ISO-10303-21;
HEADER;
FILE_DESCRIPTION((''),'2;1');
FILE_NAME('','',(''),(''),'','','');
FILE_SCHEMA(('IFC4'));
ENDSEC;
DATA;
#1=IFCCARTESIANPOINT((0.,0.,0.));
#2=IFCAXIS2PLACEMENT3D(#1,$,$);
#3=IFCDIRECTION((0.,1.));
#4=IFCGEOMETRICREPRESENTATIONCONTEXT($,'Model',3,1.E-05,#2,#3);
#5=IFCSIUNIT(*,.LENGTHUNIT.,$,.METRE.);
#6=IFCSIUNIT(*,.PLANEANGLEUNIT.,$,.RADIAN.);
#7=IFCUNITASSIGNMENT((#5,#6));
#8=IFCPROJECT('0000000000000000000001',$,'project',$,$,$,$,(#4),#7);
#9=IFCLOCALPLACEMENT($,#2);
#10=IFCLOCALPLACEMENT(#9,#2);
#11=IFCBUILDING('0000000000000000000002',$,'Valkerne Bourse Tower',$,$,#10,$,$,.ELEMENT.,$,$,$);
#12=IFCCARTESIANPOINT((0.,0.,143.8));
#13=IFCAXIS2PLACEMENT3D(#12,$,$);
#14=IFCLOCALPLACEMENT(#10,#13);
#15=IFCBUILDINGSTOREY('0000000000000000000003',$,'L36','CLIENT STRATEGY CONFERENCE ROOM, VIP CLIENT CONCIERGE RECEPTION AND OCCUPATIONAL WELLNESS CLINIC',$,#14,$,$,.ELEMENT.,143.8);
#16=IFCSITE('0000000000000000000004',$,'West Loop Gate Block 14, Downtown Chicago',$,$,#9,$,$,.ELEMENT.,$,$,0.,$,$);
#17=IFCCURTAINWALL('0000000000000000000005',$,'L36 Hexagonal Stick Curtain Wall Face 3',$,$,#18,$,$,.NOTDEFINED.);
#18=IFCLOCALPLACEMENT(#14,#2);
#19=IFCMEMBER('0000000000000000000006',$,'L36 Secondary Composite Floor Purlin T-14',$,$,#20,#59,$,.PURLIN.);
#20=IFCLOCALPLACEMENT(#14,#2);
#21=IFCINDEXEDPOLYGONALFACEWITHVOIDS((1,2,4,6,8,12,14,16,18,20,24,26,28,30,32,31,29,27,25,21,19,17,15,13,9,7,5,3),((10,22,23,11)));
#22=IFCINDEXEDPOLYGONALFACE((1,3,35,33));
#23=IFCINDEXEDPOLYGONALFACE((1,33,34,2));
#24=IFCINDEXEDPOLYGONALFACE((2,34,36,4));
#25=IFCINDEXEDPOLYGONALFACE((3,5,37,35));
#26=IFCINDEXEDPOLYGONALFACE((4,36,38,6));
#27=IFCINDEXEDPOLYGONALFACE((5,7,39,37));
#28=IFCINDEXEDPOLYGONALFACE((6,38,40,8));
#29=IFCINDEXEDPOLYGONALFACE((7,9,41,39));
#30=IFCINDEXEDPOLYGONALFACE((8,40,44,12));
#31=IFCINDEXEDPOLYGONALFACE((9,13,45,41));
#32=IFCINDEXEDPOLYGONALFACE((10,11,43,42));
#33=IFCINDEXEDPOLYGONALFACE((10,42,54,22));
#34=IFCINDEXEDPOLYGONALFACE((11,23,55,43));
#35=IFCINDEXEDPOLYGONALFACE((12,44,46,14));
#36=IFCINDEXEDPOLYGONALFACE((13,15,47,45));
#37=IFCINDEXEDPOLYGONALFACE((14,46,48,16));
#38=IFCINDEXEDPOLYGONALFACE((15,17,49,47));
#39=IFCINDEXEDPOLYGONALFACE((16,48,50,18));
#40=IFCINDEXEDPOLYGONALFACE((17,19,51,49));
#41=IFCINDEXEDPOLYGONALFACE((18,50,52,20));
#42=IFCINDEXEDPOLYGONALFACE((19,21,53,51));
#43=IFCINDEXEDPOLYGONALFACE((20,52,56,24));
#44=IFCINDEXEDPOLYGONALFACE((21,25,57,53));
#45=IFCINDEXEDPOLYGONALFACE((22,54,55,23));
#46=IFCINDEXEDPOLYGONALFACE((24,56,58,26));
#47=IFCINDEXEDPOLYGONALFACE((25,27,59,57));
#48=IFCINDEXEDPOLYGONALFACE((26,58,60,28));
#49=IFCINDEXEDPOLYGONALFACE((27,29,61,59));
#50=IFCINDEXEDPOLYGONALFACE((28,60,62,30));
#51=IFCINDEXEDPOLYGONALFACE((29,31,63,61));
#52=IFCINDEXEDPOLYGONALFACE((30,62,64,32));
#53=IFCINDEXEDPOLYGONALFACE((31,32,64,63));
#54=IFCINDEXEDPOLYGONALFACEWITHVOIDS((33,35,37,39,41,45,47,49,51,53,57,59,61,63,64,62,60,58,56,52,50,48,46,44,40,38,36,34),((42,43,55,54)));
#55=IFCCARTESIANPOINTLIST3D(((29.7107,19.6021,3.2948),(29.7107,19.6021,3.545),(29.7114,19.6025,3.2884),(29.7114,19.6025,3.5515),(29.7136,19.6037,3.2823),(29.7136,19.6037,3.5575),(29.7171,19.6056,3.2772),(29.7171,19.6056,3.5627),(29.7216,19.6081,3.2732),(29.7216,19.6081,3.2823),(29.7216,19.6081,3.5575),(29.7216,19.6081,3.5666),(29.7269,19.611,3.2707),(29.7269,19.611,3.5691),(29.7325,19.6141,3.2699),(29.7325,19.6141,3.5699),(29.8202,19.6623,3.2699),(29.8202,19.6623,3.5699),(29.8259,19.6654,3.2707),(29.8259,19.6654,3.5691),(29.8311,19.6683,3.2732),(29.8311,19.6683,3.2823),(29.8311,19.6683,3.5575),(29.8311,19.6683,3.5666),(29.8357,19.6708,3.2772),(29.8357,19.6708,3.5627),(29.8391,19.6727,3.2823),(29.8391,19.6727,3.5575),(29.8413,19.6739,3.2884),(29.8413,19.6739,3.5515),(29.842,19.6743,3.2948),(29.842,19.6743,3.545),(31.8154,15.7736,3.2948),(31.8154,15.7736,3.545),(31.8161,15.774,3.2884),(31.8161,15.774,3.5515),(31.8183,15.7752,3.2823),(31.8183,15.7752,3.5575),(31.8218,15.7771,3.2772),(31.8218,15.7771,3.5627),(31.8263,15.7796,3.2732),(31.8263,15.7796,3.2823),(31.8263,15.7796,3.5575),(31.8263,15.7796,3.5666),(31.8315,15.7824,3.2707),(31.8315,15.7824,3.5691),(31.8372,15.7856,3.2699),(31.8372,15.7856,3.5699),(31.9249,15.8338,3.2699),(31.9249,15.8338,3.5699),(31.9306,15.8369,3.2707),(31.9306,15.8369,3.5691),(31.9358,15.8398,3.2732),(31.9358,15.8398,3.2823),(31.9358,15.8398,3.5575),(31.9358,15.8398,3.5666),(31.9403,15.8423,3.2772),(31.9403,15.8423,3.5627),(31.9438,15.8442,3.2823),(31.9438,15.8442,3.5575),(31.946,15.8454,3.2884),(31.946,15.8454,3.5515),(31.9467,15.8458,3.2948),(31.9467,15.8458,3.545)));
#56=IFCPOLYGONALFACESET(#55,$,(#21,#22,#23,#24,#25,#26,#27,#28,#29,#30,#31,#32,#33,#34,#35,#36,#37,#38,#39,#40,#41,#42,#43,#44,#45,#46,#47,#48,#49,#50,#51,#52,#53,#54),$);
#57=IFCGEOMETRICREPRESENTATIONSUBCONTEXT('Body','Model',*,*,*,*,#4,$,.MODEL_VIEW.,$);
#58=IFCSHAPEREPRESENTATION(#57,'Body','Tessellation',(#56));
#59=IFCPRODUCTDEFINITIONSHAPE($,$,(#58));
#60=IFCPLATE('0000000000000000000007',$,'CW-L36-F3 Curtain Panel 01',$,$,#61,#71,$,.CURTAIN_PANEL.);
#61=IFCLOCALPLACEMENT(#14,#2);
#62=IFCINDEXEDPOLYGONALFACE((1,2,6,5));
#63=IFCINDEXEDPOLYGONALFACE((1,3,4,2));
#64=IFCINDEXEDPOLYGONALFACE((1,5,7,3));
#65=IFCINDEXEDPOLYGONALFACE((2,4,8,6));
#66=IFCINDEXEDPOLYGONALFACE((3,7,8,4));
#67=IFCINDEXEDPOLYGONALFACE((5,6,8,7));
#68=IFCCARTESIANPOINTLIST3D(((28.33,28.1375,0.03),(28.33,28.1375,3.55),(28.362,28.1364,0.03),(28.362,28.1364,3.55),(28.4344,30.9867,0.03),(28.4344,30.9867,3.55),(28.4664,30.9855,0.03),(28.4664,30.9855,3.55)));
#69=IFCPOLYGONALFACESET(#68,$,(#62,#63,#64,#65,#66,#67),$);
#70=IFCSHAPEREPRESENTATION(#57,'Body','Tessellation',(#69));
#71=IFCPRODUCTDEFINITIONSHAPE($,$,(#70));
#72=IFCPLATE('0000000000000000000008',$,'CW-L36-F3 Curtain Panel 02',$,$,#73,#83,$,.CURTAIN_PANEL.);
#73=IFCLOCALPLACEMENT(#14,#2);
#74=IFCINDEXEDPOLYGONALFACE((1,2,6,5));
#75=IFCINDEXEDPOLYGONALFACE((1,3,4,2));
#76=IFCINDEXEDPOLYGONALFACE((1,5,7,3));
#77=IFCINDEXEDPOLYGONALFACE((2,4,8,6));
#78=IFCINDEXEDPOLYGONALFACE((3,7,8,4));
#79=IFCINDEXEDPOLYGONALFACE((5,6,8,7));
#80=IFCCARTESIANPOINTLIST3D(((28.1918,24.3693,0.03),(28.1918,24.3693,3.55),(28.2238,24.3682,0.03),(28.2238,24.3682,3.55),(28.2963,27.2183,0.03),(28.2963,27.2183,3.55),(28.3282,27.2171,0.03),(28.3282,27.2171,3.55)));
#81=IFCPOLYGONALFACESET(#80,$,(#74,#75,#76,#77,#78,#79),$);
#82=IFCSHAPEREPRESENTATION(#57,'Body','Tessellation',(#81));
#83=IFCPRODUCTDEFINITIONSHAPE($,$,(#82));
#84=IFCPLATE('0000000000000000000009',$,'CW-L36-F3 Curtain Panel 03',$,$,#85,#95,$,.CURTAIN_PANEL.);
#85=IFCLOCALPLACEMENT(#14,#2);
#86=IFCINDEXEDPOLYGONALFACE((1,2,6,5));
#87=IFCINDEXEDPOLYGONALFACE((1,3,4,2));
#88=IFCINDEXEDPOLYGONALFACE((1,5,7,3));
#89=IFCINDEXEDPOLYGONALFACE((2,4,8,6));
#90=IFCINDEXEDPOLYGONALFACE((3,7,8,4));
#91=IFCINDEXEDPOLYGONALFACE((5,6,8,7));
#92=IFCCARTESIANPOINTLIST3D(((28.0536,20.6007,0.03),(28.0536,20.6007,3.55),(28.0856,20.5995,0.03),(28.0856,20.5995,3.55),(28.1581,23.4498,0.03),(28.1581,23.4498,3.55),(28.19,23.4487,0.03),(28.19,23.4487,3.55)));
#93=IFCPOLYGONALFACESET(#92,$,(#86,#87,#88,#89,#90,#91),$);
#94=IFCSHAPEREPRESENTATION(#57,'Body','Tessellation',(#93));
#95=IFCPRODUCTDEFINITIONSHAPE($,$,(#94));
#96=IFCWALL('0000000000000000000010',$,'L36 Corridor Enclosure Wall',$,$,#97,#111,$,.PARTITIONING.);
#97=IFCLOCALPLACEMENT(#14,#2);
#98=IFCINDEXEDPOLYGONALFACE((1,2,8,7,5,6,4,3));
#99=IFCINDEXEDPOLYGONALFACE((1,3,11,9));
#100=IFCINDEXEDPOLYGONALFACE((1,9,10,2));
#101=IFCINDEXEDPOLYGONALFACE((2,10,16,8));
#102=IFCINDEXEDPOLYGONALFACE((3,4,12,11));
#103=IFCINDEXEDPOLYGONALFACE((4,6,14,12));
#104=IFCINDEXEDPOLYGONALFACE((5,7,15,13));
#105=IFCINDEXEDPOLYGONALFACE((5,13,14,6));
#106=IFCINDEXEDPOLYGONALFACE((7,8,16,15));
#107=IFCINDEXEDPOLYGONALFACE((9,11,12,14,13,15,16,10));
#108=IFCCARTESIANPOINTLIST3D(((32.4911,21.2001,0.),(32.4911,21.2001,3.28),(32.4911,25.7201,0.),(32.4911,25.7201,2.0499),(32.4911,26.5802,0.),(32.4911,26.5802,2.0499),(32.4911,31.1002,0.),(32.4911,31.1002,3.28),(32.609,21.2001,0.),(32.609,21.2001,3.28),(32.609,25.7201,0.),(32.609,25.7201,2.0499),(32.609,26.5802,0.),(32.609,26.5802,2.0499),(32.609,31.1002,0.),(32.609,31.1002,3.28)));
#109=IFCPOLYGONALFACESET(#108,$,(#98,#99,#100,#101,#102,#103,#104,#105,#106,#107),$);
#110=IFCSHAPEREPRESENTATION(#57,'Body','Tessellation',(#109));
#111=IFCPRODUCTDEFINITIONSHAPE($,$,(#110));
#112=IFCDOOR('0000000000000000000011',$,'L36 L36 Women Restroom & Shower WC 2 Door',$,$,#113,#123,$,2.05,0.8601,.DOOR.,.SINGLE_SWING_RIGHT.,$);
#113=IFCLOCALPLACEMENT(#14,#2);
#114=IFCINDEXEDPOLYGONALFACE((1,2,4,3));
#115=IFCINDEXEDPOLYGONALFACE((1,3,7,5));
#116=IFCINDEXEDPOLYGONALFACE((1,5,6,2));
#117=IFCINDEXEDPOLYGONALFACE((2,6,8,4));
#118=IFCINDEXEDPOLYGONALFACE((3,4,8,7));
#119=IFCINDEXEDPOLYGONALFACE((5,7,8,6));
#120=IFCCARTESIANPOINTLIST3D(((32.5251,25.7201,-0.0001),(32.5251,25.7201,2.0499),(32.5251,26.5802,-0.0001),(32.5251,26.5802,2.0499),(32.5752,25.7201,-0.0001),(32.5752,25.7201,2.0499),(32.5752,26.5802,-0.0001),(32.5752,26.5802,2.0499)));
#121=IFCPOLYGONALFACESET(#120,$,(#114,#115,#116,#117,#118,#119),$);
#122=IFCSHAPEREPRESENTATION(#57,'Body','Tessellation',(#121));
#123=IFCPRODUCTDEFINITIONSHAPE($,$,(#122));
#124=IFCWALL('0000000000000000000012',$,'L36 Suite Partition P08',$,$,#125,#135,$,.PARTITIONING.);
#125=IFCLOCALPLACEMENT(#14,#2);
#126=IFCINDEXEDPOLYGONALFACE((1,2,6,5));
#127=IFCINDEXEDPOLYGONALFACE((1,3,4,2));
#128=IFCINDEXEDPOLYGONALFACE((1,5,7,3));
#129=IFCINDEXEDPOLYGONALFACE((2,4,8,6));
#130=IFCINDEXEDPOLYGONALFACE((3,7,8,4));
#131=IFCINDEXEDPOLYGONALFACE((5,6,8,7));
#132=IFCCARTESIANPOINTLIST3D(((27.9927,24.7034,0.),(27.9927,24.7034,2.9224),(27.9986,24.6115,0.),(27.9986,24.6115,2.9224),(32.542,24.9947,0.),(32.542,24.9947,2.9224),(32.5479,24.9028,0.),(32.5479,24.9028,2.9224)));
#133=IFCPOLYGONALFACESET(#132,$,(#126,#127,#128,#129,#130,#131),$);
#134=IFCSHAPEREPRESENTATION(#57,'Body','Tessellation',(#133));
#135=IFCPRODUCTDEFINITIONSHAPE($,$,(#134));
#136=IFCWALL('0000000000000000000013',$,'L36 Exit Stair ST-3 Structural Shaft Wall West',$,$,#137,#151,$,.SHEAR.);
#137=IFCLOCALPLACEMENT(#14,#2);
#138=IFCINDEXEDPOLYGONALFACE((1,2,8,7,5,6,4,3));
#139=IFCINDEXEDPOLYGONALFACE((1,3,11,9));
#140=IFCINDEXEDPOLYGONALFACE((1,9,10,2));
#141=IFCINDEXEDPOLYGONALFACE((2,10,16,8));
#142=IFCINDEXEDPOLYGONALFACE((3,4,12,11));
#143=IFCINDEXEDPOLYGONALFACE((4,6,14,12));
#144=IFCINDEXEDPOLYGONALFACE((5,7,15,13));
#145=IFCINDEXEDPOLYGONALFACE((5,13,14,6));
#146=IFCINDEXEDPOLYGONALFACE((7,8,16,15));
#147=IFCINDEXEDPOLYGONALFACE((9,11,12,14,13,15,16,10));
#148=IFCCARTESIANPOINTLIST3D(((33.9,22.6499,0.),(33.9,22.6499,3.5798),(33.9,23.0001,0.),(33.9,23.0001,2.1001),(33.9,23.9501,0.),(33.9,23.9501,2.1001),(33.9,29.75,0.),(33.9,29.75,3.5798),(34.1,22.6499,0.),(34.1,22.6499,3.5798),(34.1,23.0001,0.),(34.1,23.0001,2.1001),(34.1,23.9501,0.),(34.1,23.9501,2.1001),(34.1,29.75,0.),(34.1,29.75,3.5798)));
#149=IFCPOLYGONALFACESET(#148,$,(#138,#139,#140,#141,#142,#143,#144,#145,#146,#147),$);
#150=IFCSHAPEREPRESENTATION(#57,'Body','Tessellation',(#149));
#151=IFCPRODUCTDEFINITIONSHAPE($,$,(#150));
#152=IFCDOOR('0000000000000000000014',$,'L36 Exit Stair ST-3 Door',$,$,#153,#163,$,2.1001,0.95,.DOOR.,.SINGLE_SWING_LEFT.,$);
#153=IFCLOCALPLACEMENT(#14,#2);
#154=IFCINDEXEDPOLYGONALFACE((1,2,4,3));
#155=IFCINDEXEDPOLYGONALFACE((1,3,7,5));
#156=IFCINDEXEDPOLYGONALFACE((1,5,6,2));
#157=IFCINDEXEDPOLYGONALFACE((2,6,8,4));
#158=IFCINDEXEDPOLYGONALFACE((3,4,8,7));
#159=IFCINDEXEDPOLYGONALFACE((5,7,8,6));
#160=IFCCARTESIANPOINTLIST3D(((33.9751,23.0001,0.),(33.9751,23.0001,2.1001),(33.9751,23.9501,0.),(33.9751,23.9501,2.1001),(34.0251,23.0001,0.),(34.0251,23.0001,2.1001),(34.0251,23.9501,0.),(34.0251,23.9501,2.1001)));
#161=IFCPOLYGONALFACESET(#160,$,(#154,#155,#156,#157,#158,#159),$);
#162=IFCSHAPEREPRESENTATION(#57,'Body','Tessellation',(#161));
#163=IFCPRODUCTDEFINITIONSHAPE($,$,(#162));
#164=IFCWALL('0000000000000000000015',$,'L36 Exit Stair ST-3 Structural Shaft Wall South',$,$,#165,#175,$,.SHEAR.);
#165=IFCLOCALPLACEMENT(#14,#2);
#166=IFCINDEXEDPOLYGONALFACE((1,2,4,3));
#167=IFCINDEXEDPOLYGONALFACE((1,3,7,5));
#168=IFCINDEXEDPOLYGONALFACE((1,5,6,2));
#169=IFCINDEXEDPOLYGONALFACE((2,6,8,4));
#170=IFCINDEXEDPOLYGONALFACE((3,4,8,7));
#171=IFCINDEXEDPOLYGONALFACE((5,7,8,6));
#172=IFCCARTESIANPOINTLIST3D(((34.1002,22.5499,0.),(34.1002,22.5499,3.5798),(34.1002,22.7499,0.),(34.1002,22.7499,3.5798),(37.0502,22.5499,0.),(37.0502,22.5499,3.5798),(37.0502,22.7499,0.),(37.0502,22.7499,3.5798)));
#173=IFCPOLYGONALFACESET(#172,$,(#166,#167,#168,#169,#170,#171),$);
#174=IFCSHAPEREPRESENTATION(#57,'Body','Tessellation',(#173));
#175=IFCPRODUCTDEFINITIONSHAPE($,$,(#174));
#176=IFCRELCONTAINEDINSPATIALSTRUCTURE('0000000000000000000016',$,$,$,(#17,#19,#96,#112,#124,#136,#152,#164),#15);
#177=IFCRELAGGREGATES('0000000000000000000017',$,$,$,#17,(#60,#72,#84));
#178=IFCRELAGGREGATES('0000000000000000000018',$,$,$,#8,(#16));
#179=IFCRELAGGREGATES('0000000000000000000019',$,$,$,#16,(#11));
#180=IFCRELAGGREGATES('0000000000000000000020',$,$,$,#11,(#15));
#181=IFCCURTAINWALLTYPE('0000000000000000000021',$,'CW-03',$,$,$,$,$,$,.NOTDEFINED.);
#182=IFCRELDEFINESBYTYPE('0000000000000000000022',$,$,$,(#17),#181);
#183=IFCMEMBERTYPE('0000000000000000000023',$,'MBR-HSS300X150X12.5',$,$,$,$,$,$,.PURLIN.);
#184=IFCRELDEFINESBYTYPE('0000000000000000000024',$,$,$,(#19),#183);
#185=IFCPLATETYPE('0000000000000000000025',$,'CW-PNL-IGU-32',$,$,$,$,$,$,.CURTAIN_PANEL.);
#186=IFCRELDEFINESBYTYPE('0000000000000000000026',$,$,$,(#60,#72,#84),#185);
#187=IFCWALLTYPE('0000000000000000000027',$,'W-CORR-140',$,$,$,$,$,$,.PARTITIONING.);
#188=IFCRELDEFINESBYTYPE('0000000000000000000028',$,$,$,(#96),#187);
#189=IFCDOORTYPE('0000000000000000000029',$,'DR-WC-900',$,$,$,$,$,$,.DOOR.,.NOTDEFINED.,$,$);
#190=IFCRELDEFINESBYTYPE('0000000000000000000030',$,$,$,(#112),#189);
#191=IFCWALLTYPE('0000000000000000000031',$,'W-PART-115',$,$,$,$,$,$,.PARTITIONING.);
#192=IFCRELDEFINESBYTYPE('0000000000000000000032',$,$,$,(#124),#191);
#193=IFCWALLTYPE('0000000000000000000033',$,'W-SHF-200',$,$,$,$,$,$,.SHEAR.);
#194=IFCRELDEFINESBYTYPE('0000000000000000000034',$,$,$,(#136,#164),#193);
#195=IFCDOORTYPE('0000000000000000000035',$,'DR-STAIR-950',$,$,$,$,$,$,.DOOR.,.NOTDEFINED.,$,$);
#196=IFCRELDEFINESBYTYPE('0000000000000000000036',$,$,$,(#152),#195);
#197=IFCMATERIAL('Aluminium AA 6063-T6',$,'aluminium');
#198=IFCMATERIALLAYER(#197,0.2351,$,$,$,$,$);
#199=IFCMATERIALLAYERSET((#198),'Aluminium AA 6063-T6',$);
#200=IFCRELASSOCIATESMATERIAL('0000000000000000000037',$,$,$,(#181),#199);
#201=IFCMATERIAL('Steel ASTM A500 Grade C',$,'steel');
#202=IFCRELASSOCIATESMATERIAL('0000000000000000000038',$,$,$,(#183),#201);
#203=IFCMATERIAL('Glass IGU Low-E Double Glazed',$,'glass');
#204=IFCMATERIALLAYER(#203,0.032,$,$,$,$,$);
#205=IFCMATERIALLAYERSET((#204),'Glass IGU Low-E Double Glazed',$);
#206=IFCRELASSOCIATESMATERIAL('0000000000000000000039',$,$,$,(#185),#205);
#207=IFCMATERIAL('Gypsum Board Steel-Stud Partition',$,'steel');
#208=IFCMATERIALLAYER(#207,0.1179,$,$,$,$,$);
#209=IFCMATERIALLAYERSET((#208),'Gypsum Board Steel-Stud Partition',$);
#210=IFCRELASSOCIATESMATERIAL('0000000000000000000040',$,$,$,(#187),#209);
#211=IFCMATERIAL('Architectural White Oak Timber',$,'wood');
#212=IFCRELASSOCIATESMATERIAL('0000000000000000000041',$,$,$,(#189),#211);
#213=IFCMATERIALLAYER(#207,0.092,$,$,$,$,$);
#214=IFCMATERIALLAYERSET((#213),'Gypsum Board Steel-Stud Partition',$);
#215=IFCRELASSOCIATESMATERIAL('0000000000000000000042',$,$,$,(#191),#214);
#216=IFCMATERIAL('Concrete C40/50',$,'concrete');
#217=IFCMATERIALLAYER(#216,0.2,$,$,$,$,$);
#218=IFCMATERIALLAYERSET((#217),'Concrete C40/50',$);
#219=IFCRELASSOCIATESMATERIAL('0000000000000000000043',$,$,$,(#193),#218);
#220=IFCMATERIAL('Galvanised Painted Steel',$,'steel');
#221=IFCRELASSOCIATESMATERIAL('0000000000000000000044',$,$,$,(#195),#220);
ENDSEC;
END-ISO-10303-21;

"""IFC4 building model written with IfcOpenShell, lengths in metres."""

from ifc_helpers import new_model, si_unit, direction, frame, frame_2d, origin, origin_2d, place, context, subcontext, project, spatial, rectangle, hollow_rectangle, extrude, material, layer, layer_set, material_profile, profile_set, type_object, element, fill, aggregate, save


model = new_model("IFC4")

# Units and contexts
model_context = context("Model", 3, precision=1e-05, world=origin(), true_north=direction((0.0, 1.0)))
body_context = subcontext(model_context, "Body", "Model", "MODEL_VIEW")
ifc_project = project(units=[si_unit("LENGTHUNIT", "METRE"), si_unit("PLANEANGLEUNIT", "RADIAN")], contexts=[model_context])

# Site, building, storey
site_placement = place(None, origin())
site = spatial("IfcSite", under=ifc_project, at=site_placement, Name="West Loop Gate Block 14, Downtown Chicago", CompositionType="ELEMENT", RefElevation=0.0)
building_placement = place(site_placement, origin())
building = spatial("IfcBuilding", under=site, at=building_placement, Name="Valkerne Bourse Tower", CompositionType="ELEMENT")
storey_placement = place(building_placement, frame((0.0, 0.0, 143.8)))
storey = spatial("IfcBuildingStorey", under=building, at=storey_placement, Name="L36", Description="CLIENT STRATEGY CONFERENCE ROOM, VIP CLIENT CONCIERGE RECEPTION AND OCCUPATIONAL WELLNESS CLINIC", CompositionType="ELEMENT", Elevation=143.8)

# Curtain wall
ifc_material_1 = material(Name="Aluminium AA 6063-T6", Category="aluminium")
ifc_layer_1 = layer(ifc_material_1, 0.2351)
ifc_layer_set_1 = layer_set([ifc_layer_1], Name="Aluminium AA 6063-T6")
curtain_wall_type = type_object("IfcCurtainWallType", Name="CW-03", PredefinedType="NOTDEFINED", material=ifc_layer_set_1)
curtain_wall_placement = place(storey_placement, origin())
curtain_wall = element("IfcCurtainWall", 1, at=curtain_wall_placement, inside=storey, type_object=curtain_wall_type, Name="L36 Hexagonal Stick Curtain Wall Face 3", PredefinedType="NOTDEFINED")

# Member
ifc_material_2 = material(Name="Steel ASTM A500 Grade C", Category="steel")
ifc_material_profile_1 = material_profile(ifc_material_2, hollow_rectangle(XDim=0.1499, YDim=0.3, WallThickness=0.0125, OuterFilletRadius=0.0249, at=origin_2d()), Name="HSS300X150X12.5")
ifc_profile_set_1 = profile_set([ifc_material_profile_1], Name="Steel ASTM A500 Grade C")
member_type_1 = type_object("IfcMemberType", Name="MBR-HSS300X150X12.5", PredefinedType="PURLIN", material=ifc_profile_set_1)
member_1_placement = place(storey_placement, frame((29.7764, 19.6382, 3.4199), z_axis=(0.481743, -0.876313, 0.0), x_axis=(0.876313, 0.481743, 0.0)))
element("IfcMember", 2, at=member_1_placement, inside=storey, type_object=member_type_1, Name="L36 Secondary Composite Floor Purlin T-14", PredefinedType="PURLIN", context=body_context, shape_type="SweptSolid", body=[
    extrude(hollow_rectangle(XDim=0.1499, YDim=0.3, WallThickness=0.0125, OuterFilletRadius=0.0249, at=origin_2d()), origin(), (0.0, 0.0, 1.0), 4.3689),
])

# Plates
ifc_material_3 = material(Name="Glass IGU Low-E Double Glazed", Category="glass")
ifc_layer_2 = layer(ifc_material_3, 0.032)
ifc_layer_set_2 = layer_set([ifc_layer_2], Name="Glass IGU Low-E Double Glazed")
plate_type = type_object("IfcPlateType", Name="CW-PNL-IGU-32", PredefinedType="CURTAIN_PANEL", material=ifc_layer_set_2)
plate_1_placement = place(storey_placement, frame((28.3982, 29.5615, 0.03), z_axis=(0.0, 0.0, 1.0), x_axis=(-0.036621, -0.999329, 0.0)))
plate_1 = element("IfcPlate", 3, at=plate_1_placement, type_object=plate_type, Name="CW-L36-F3 Curtain Panel 01", PredefinedType="CURTAIN_PANEL", context=body_context, shape_type="SweptSolid", body=[
    extrude(rectangle(XDim=2.8511, YDim=0.032, at=origin_2d()), origin(), (0.0, 0.0, 1.0), 3.52),
])
plate_2_placement = place(storey_placement, frame((28.26, 25.7932, 0.03), z_axis=(0.0, 0.0, 1.0), x_axis=(-0.036649, -0.999328, 0.0)))
plate_2 = element("IfcPlate", 4, at=plate_2_placement, type_object=plate_type, Name="CW-L36-F3 Curtain Panel 02", PredefinedType="CURTAIN_PANEL", context=body_context, shape_type="SweptSolid", body=[
    extrude(rectangle(XDim=2.8508, YDim=0.032, at=origin_2d()), origin(), (0.0, 0.0, 1.0), 3.52),
])
plate_3_placement = place(storey_placement, frame((28.1218, 22.0247, 0.03), z_axis=(0.0, 0.0, 1.0), x_axis=(-0.036648, -0.999328, 0.0)))
plate_3 = element("IfcPlate", 5, at=plate_3_placement, type_object=plate_type, Name="CW-L36-F3 Curtain Panel 03", PredefinedType="CURTAIN_PANEL", context=body_context, shape_type="SweptSolid", body=[
    extrude(rectangle(XDim=2.8511, YDim=0.032, at=origin_2d()), origin(), (0.0, 0.0, 1.0), 3.52),
])
aggregate(curtain_wall, [plate_1, plate_2, plate_3])

# Wall, opening, door
ifc_material_4 = material(Name="Gypsum Board Steel-Stud Partition", Category="steel")
ifc_layer_3 = layer(ifc_material_4, 0.1179)
ifc_layer_set_3 = layer_set([ifc_layer_3], Name="Gypsum Board Steel-Stud Partition")
wall_type_1 = type_object("IfcWallType", Name="W-CORR-140", PredefinedType="PARTITIONING", material=ifc_layer_set_3)
wall_1_placement = place(storey_placement, frame((32.55, 21.2, 0.0), z_axis=(0.0, 0.0, 1.0), x_axis=(0.0, 1.0, 0.0)))
wall_1 = element("IfcWall", 6, at=wall_1_placement, inside=storey, type_object=wall_type_1, Name="L36 Corridor Enclosure Wall", PredefinedType="PARTITIONING", context=body_context, shape_type="SweptSolid", body=[
    extrude(rectangle(XDim=9.9001, YDim=0.1179, at=frame_2d((4.9502, 0.0))), origin(), (0.0, 0.0, 1.0), 3.28),
])
opening_1_placement = place(wall_1_placement, frame((4.52, 0.0, 0.0)))
opening_1 = element("IfcOpeningElement", 7, at=opening_1_placement, cuts=wall_1, PredefinedType="OPENING", context=body_context, shape_type="SweptSolid", body=[
    extrude(rectangle(XDim=0.8601, YDim=2.05, at=frame_2d((0.4302, 1.0249))), frame((0.0, 0.0688, 0.0), z_axis=(0.0, -1.0, 0.0), x_axis=(1.0, 0.0, 0.0)), (0.0, 0.0, 1.0), 0.1379),
])
ifc_material_5 = material(Name="Architectural White Oak Timber", Category="wood")
door_type_1 = type_object("IfcDoorType", Name="DR-WC-900", OperationType="NOTDEFINED", PredefinedType="DOOR", material=ifc_material_5)
door_1_placement = place(opening_1_placement, origin())
door_1 = element("IfcDoor", 8, at=door_1_placement, inside=storey, type_object=door_type_1, Name="L36 L36 Women Restroom & Shower WC 2 Door", OperationType="SINGLE_SWING_RIGHT", OverallHeight=2.05, OverallWidth=0.8601, PredefinedType="DOOR", context=body_context, shape_type="SweptSolid", body=[
    extrude(rectangle(XDim=0.8601, YDim=2.05, at=frame_2d((0.4302, 1.0249))), frame((0.0, 0.0249, 0.0), z_axis=(0.0, -1.0, 0.0), x_axis=(1.0, 0.0, 0.0)), (0.0, 0.0, 1.0), 0.05),
])
fill(opening_1, door_1)

# Wall
ifc_layer_4 = layer(ifc_material_4, 0.092)
ifc_layer_set_4 = layer_set([ifc_layer_4], Name="Gypsum Board Steel-Stud Partition")
wall_type_2 = type_object("IfcWallType", Name="W-PART-115", PredefinedType="PARTITIONING", material=ifc_layer_set_4)
wall_2_placement = place(storey_placement, frame((32.5449, 24.9487, 0.0), z_axis=(0.0, 0.0, 1.0), x_axis=(-0.997957, -0.063892, 0.0)))
element("IfcWall", 9, at=wall_2_placement, inside=storey, type_object=wall_type_2, Name="L36 Suite Partition P08", PredefinedType="PARTITIONING", context=body_context, shape_type="SweptSolid", body=[
    extrude(rectangle(XDim=4.5586, YDim=0.092, at=frame_2d((2.2793, 0.0))), origin(), (0.0, 0.0, 1.0), 2.9224),
])

# Wall, opening, door
ifc_material_6 = material(Name="Concrete C40/50", Category="concrete")
ifc_layer_5 = layer(ifc_material_6, 0.2)
ifc_layer_set_5 = layer_set([ifc_layer_5], Name="Concrete C40/50")
wall_type_3 = type_object("IfcWallType", Name="W-SHF-200", PredefinedType="SHEAR", material=ifc_layer_set_5)
wall_3_placement = place(storey_placement, frame((34.0, 22.6499, 0.0), z_axis=(0.0, 0.0, 1.0), x_axis=(0.0, 1.0, 0.0)))
wall_3 = element("IfcWall", 10, at=wall_3_placement, inside=storey, type_object=wall_type_3, Name="L36 Exit Stair ST-3 Structural Shaft Wall West", PredefinedType="SHEAR", context=body_context, shape_type="SweptSolid", body=[
    extrude(rectangle(XDim=7.1001, YDim=0.2, at=frame_2d((3.55, 0.0))), origin(), (0.0, 0.0, 1.0), 3.5798),
])
opening_2_placement = place(wall_3_placement, frame((0.3501, 0.0, 0.0)))
opening_2 = element("IfcOpeningElement", 11, at=opening_2_placement, cuts=wall_3, PredefinedType="OPENING", context=body_context, shape_type="SweptSolid", body=[
    extrude(rectangle(XDim=0.95, YDim=2.1001, at=frame_2d((0.4751, 1.05))), frame((0.0, 0.1099, 0.0), z_axis=(0.0, -1.0, 0.0), x_axis=(1.0, 0.0, 0.0)), (0.0, 0.0, 1.0), 0.22),
])
ifc_material_7 = material(Name="Galvanised Painted Steel", Category="steel")
door_type_2 = type_object("IfcDoorType", Name="DR-STAIR-950", OperationType="NOTDEFINED", PredefinedType="DOOR", material=ifc_material_7)
door_2_placement = place(opening_2_placement, origin())
door_2 = element("IfcDoor", 12, at=door_2_placement, inside=storey, type_object=door_type_2, Name="L36 Exit Stair ST-3 Door", OperationType="SINGLE_SWING_LEFT", OverallHeight=2.1001, OverallWidth=0.95, PredefinedType="DOOR", context=body_context, shape_type="SweptSolid", body=[
    extrude(rectangle(XDim=0.95, YDim=2.1001, at=frame_2d((0.4751, 1.05))), frame((0.0, 0.0249, 0.0), z_axis=(0.0, -1.0, 0.0), x_axis=(1.0, 0.0, 0.0)), (0.0, 0.0, 1.0), 0.05),
])
fill(opening_2, door_2)

# Wall
for number, where, z_axis, x_axis, name in (
    (13, (34.1001, 22.6499, 0.0), (0.0, 0.0, 1.0), (1.0, 0.0, 0.0), "L36 Exit Stair ST-3 Structural Shaft Wall South"),
):
    element("IfcWall", number, at=place(storey_placement, frame(where, z_axis=z_axis, x_axis=x_axis)), inside=storey, type_object=wall_type_3, Name=name, PredefinedType="SHEAR", context=body_context, shape_type="SweptSolid", body=[
        extrude(rectangle(XDim=2.95, YDim=0.2, at=frame_2d((1.4751, 0.0))), origin(), (0.0, 0.0, 1.0), 3.5798),
    ])

save(model, "model.ifc")
